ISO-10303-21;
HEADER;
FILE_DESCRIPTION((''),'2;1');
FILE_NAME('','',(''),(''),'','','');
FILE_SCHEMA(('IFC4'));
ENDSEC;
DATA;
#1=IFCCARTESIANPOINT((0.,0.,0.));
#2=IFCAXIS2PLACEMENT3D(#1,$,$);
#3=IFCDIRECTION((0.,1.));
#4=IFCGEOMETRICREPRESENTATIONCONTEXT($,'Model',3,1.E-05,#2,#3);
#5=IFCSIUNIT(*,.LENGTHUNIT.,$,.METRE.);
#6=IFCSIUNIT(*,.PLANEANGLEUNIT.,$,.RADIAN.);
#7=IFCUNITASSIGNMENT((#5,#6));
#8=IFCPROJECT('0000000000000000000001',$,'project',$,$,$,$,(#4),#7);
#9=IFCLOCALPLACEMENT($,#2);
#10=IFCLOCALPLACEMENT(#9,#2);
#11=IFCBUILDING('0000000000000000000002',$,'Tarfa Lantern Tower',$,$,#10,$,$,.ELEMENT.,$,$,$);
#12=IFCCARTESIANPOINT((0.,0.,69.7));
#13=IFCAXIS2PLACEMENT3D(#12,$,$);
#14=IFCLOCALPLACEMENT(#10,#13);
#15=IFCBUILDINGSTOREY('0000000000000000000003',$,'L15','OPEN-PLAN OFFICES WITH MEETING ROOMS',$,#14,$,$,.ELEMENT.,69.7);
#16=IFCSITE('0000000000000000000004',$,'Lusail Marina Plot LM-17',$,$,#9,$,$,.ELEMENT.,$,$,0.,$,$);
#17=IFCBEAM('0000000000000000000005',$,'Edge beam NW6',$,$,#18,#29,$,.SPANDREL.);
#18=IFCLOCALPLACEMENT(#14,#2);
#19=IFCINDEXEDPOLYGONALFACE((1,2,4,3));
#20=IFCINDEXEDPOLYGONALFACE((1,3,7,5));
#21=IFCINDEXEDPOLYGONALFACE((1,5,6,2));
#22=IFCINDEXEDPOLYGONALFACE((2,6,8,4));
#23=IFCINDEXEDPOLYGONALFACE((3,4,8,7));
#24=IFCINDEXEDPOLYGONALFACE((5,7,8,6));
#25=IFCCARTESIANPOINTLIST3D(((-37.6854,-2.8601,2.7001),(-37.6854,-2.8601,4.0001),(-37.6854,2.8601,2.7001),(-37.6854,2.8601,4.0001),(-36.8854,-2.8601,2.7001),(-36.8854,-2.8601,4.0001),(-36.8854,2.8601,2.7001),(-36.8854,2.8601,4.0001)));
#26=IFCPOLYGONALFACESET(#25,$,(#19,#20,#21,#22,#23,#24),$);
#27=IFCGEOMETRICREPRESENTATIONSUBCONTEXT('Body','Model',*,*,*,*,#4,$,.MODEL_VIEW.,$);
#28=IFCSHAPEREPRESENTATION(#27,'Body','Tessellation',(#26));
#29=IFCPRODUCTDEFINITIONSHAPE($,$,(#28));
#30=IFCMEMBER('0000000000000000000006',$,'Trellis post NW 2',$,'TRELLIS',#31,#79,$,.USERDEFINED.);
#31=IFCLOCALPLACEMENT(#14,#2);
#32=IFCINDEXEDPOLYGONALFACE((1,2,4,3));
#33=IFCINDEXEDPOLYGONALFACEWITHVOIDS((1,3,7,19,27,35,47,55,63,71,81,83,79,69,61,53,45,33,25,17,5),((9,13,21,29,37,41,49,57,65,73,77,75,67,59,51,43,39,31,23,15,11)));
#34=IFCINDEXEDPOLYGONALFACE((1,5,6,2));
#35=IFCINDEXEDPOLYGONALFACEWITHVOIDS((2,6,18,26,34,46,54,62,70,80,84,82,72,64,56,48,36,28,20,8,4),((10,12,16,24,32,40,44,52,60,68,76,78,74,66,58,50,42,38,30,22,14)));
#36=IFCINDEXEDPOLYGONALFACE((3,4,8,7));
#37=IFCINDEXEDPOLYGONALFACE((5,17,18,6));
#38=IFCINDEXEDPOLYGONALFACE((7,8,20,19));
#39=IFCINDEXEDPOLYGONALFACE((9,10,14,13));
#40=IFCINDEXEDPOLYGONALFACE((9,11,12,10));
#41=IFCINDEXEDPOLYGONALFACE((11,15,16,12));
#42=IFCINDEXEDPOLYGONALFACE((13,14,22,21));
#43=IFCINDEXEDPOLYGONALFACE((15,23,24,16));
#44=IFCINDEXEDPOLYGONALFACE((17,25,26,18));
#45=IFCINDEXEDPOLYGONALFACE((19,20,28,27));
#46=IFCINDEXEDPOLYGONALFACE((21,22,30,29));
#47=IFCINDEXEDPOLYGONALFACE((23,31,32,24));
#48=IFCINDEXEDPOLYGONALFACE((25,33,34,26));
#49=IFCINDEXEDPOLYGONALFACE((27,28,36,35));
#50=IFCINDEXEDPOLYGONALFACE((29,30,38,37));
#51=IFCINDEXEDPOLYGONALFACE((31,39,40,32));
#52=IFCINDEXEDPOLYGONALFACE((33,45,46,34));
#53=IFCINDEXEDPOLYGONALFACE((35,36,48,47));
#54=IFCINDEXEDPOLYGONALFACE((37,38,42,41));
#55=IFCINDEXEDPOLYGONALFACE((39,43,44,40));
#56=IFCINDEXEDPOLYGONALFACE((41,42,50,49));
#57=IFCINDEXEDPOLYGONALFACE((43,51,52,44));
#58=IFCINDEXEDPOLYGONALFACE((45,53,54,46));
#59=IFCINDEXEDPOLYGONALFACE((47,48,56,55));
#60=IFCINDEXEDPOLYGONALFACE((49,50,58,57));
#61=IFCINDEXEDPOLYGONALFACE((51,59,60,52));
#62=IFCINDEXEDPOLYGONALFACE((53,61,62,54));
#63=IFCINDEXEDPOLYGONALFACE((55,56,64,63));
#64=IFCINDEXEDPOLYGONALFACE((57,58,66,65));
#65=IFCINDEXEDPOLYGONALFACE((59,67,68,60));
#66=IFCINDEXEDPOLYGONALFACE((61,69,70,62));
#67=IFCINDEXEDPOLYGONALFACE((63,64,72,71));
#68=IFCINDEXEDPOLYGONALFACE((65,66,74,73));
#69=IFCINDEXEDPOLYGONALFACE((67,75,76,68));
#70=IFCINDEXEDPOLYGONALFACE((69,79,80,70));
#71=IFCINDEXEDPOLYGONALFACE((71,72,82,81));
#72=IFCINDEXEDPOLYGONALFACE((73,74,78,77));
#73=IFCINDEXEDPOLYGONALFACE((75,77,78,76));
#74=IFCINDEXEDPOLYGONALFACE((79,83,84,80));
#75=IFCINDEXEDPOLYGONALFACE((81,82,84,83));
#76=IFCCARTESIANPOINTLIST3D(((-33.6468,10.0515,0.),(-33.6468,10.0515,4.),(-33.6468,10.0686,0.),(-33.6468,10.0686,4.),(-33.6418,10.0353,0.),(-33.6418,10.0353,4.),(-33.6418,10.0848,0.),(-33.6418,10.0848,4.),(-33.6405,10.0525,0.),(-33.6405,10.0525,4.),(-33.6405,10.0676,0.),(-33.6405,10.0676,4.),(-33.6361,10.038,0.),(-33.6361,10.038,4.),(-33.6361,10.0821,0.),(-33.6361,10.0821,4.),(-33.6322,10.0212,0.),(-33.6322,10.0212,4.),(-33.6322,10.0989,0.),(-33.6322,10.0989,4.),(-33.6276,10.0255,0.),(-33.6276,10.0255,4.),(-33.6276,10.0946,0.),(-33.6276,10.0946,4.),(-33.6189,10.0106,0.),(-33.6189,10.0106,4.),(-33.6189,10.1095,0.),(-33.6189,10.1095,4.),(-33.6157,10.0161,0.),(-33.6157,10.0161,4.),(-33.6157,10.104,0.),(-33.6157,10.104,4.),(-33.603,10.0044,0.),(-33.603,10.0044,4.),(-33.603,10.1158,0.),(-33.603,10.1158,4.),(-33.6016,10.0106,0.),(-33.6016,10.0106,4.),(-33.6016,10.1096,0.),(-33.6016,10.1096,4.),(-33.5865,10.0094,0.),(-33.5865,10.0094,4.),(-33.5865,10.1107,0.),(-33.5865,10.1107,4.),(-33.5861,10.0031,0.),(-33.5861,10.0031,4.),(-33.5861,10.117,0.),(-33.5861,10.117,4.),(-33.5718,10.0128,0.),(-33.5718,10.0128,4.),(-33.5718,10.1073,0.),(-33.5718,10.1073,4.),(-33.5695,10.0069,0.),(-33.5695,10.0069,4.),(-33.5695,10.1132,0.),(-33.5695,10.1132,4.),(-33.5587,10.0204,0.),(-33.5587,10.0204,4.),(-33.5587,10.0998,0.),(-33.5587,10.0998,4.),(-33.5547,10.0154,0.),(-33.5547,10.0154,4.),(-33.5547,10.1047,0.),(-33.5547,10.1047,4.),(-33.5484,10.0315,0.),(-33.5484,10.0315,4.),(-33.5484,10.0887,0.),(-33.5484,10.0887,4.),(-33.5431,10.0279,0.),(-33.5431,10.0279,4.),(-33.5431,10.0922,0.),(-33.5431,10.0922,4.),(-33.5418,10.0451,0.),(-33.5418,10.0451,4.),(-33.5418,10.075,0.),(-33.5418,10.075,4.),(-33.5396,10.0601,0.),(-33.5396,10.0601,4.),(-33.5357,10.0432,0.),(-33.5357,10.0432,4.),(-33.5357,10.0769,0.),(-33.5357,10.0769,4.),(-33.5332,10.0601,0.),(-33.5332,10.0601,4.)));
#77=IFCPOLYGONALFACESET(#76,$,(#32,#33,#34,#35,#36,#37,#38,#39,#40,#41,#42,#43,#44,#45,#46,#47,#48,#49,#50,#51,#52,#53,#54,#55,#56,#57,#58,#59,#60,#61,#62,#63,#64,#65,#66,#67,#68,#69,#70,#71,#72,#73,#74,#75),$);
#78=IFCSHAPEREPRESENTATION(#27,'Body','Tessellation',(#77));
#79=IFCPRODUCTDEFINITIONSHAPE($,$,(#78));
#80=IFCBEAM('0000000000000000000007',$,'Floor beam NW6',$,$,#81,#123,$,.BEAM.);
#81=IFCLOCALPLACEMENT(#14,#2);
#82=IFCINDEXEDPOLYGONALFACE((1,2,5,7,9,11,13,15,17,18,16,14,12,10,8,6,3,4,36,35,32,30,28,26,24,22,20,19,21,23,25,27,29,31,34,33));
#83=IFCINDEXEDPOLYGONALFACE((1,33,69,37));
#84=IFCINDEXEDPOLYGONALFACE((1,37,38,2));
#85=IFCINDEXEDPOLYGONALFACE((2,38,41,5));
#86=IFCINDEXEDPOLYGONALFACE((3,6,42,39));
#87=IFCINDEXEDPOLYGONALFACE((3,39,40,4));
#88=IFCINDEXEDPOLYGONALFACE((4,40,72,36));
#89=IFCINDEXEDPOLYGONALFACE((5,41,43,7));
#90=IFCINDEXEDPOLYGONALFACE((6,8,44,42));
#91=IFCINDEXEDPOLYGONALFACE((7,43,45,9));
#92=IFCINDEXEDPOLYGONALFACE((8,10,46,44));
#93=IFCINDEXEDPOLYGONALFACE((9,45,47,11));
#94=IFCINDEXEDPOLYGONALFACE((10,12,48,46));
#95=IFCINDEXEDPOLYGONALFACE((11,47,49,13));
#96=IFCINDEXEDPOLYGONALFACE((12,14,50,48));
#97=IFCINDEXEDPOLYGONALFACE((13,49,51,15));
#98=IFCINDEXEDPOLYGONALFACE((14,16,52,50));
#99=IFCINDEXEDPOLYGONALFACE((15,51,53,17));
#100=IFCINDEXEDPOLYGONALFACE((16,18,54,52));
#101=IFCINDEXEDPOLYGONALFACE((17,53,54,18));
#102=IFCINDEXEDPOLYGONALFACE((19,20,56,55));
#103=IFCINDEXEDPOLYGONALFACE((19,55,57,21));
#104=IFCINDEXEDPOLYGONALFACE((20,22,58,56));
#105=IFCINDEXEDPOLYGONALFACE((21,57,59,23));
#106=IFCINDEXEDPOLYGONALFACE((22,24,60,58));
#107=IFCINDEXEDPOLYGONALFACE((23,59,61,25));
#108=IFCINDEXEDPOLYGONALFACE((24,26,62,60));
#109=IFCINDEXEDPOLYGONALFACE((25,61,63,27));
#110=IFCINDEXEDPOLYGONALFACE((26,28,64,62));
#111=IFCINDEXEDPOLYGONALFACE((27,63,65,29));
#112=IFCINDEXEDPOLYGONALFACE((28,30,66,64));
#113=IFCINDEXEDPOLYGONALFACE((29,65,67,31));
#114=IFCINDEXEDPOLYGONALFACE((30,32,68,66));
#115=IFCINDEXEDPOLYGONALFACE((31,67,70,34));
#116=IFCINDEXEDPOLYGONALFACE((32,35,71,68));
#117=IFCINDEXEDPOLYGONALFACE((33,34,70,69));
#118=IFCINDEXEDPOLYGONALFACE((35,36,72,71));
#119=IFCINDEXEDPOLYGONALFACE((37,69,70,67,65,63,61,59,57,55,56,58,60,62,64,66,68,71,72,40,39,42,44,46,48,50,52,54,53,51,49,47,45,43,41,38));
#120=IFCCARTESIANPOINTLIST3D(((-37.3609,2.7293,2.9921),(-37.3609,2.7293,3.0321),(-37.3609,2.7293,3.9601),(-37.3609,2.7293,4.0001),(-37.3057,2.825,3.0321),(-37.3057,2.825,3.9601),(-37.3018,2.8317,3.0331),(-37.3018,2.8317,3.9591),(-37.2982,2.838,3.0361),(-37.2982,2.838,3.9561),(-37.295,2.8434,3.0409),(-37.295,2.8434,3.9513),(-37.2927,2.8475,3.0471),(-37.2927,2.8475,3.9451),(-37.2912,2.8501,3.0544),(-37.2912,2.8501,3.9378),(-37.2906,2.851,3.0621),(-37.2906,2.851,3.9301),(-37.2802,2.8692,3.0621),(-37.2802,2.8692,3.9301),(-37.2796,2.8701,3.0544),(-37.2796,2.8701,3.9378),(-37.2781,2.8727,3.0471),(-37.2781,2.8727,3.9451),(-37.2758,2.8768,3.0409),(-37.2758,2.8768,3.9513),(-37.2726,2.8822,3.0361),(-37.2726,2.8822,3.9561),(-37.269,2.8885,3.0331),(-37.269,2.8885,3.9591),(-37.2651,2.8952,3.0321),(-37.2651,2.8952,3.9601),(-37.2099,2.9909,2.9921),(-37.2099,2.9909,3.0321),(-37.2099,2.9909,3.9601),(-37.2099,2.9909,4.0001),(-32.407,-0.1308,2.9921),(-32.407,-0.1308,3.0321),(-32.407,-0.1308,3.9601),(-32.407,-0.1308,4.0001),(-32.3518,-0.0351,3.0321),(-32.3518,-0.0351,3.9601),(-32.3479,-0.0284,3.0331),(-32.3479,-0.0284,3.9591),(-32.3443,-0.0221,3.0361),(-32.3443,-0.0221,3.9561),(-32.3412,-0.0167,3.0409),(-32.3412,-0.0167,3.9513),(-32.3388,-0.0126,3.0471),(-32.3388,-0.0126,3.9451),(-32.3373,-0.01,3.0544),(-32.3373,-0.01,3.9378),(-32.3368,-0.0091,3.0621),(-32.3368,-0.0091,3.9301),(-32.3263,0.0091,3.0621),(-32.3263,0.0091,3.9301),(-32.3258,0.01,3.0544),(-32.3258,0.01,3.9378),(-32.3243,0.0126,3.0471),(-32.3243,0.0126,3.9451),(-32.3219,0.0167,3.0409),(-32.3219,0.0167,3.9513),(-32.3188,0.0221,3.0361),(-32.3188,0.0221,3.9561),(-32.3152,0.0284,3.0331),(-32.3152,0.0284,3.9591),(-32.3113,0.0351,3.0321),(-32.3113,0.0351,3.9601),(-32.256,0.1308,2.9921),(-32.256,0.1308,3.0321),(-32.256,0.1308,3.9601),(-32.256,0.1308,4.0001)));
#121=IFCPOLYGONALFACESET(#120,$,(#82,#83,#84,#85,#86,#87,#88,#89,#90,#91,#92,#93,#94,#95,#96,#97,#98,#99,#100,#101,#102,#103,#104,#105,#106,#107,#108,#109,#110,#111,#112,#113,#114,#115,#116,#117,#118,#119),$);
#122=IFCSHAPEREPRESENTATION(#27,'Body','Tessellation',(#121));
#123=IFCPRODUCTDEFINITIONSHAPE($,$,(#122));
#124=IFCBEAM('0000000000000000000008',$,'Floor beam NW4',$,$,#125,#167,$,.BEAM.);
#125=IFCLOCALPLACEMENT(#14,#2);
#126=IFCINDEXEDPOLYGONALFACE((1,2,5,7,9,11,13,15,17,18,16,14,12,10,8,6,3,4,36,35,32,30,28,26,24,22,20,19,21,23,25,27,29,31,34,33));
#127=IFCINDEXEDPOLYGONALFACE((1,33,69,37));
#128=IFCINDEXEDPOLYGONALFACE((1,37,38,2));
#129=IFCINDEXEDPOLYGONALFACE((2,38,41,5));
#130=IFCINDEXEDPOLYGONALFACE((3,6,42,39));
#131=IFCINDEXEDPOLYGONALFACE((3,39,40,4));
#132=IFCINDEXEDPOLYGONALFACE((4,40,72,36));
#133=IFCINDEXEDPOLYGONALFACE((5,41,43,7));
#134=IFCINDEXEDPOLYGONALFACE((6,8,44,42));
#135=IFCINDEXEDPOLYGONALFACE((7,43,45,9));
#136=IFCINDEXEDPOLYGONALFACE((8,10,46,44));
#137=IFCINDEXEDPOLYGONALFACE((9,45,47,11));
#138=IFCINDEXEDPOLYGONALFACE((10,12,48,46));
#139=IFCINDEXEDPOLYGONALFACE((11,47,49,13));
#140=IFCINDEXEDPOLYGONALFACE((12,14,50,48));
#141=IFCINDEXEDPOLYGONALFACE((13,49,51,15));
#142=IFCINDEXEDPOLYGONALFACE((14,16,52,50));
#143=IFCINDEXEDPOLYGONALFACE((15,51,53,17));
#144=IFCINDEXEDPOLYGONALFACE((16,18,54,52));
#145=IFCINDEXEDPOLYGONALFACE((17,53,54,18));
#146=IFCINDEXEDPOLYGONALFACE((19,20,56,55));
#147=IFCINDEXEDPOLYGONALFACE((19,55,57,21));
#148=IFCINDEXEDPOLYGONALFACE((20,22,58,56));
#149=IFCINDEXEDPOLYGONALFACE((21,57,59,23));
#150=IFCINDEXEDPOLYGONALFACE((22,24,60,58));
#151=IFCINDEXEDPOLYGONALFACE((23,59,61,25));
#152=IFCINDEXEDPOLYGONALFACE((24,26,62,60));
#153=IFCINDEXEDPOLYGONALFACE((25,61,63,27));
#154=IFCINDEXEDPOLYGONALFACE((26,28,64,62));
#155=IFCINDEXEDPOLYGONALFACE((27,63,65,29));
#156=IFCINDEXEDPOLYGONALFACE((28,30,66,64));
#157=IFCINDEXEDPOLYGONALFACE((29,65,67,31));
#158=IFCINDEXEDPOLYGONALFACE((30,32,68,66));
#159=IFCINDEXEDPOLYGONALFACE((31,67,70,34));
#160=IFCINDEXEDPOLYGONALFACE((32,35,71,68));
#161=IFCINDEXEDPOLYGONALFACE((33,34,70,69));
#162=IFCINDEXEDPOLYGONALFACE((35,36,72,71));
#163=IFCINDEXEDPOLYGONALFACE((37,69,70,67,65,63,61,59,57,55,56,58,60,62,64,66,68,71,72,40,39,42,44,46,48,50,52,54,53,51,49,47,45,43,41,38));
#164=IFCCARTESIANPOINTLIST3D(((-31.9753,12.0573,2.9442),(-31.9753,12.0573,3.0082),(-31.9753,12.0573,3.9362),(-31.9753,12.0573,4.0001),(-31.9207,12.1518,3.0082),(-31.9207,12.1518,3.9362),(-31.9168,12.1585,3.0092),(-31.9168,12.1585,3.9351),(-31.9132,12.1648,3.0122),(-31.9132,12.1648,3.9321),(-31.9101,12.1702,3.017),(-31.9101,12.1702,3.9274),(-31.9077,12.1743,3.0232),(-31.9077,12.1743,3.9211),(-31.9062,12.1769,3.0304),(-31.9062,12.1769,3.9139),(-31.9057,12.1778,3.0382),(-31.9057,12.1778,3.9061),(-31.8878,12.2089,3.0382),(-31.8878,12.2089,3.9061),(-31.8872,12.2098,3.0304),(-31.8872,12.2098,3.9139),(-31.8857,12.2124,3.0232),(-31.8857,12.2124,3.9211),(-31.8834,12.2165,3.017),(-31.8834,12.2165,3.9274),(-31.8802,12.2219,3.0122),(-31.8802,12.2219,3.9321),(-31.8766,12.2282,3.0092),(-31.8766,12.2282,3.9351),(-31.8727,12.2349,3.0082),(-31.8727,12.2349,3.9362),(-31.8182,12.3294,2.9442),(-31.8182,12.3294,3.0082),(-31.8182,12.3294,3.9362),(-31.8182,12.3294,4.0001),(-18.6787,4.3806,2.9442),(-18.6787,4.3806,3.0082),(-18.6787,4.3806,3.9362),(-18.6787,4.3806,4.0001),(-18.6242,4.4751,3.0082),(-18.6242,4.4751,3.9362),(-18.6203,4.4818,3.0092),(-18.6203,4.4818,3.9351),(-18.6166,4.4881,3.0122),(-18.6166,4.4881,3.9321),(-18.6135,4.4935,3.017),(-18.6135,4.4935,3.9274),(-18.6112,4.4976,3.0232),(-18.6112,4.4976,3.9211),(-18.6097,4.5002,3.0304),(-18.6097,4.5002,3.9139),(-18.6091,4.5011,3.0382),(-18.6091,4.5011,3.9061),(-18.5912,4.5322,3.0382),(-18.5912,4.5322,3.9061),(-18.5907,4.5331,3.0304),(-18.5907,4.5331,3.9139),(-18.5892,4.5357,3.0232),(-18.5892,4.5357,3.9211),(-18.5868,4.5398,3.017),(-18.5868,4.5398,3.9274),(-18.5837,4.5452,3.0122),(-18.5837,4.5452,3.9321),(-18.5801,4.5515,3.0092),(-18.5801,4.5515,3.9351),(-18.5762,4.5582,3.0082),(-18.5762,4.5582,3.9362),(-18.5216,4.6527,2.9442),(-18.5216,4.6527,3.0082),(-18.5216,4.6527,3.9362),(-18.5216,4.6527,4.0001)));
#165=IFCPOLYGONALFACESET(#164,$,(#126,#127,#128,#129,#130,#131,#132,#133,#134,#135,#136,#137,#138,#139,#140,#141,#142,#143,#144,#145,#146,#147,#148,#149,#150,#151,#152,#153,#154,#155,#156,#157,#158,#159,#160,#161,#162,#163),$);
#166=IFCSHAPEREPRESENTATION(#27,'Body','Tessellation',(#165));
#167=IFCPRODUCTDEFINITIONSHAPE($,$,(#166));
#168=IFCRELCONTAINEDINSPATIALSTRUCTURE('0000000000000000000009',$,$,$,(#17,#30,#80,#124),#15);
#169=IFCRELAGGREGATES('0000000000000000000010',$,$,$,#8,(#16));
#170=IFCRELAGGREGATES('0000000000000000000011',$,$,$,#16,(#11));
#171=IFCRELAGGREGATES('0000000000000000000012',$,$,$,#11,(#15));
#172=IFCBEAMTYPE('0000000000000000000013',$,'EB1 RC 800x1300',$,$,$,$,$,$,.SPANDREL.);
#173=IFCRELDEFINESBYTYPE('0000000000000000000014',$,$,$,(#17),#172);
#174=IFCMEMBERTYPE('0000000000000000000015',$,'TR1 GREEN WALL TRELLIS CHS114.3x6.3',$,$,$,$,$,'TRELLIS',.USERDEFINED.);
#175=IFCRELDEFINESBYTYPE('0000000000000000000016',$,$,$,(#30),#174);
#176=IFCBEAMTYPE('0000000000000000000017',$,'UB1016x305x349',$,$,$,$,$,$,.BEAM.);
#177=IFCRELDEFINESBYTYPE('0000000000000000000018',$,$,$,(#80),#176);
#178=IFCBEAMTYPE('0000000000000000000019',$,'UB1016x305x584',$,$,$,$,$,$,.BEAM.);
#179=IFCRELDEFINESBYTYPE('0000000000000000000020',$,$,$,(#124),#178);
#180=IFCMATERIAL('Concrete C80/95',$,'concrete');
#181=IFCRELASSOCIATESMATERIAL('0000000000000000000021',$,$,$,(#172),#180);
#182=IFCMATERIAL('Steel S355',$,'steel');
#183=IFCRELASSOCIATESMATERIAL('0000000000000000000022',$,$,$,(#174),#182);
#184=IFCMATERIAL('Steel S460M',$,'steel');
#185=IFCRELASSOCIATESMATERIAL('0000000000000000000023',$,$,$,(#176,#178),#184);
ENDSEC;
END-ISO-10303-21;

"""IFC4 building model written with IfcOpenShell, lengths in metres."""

from ifc_helpers import new_model, si_unit, direction, frame, origin, origin_2d, place, context, subcontext, project, spatial, rectangle, hollow_circle, i_section, extrude, material, material_profile, profile_set, type_object, element, save


model = new_model("IFC4")

# Units and contexts
model_context = context("Model", 3, precision=1e-05, world=origin(), true_north=direction((0.0, 1.0)))
body_context = subcontext(model_context, "Body", "Model", "MODEL_VIEW")
ifc_project = project(units=[si_unit("LENGTHUNIT", "METRE"), si_unit("PLANEANGLEUNIT", "RADIAN")], contexts=[model_context])

# Site, building, storey
site_placement = place(None, origin())
site = spatial("IfcSite", under=ifc_project, at=site_placement, Name="Lusail Marina Plot LM-17", CompositionType="ELEMENT", RefElevation=0.0)
building_placement = place(site_placement, origin())
building = spatial("IfcBuilding", under=site, at=building_placement, Name="Tarfa Lantern Tower", CompositionType="ELEMENT")
storey_placement = place(building_placement, frame((0.0, 0.0, 69.7)))
storey = spatial("IfcBuildingStorey", under=building, at=storey_placement, Name="L15", Description="OPEN-PLAN OFFICES WITH MEETING ROOMS", CompositionType="ELEMENT", Elevation=69.7)

# Shared definitions
ifc_material_1 = material(Name="Concrete C80/95", Category="concrete")

# Beam
ifc_material_profile_1 = material_profile(ifc_material_1, rectangle(XDim=0.8, YDim=1.3, at=origin_2d()), Name="RC 800x1300")
ifc_profile_set_1 = profile_set([ifc_material_profile_1], Name="Concrete C80/95")
beam_type_1 = type_object("IfcBeamType", Name="EB1 RC 800x1300", PredefinedType="SPANDREL", material=ifc_profile_set_1)
beam_1_placement = place(storey_placement, frame((-37.2854, 2.8601, 3.3501), z_axis=(0.0, -1.0, 0.0), x_axis=(1.0, 0.0, 0.0)))
element("IfcBeam", 1, at=beam_1_placement, inside=storey, type_object=beam_type_1, Name="Edge beam NW6", PredefinedType="SPANDREL", context=body_context, shape_type="SweptSolid", body=[
    extrude(rectangle(XDim=0.8, YDim=1.3, at=origin_2d()), origin(), (0.0, 0.0, 1.0), 5.7202),
])

# Member
ifc_material_2 = material(Name="Steel S355", Category="steel")
ifc_material_profile_2 = material_profile(ifc_material_2, hollow_circle(Radius=0.0571, WallThickness=0.0063, at=origin_2d()), Name="CHS114.3x6.3")
ifc_profile_set_2 = profile_set([ifc_material_profile_2], Name="Steel S355")
member_type_1 = type_object("IfcMemberType", Name="TR1 GREEN WALL TRELLIS CHS114.3x6.3", ElementType="TRELLIS", PredefinedType="USERDEFINED", material=ifc_profile_set_2)
member_1_placement = place(storey_placement, frame((-33.5903, 10.0601, 0.0), z_axis=(0.0, 0.0, 1.0), x_axis=(1.0, 0.0, 0.0)))
element("IfcMember", 2, at=member_1_placement, inside=storey, type_object=member_type_1, Name="Trellis post NW 2", ObjectType="TRELLIS", PredefinedType="USERDEFINED", context=body_context, shape_type="SweptSolid", body=[
    extrude(hollow_circle(Radius=0.0571, WallThickness=0.0063, at=origin_2d()), origin(), (0.0, 0.0, 1.0), 4.0),
])

# Beams
ifc_material_3 = material(Name="Steel S460M", Category="steel")
ifc_material_profile_3 = material_profile(ifc_material_3, i_section(OverallWidth=0.302, OverallDepth=1.0081, WebThickness=0.021, FlangeThickness=0.04, FilletRadius=0.03, at=origin_2d()), Name="UB1016x305x349")
ifc_profile_set_3 = profile_set([ifc_material_profile_3], Name="Steel S460M")
beam_type_2 = type_object("IfcBeamType", Name="UB1016x305x349", PredefinedType="BEAM", material=ifc_profile_set_3)
beam_2_placement = place(storey_placement, frame((-37.2854, 2.8601, 3.4961), z_axis=(0.866026, -0.5, 0.0), x_axis=(0.5, 0.866026, 0.0)))
element("IfcBeam", 3, at=beam_2_placement, inside=storey, type_object=beam_type_2, Name="Floor beam NW6", PredefinedType="BEAM", context=body_context, shape_type="SweptSolid", body=[
    extrude(i_section(OverallWidth=0.302, OverallDepth=1.0081, WebThickness=0.021, FlangeThickness=0.04, FilletRadius=0.03, at=origin_2d()), origin(), (0.0, 0.0, 1.0), 5.7202),
])
ifc_material_profile_4 = material_profile(ifc_material_3, i_section(OverallWidth=0.3142, OverallDepth=1.0559, WebThickness=0.0359, FlangeThickness=0.064, FilletRadius=0.03, at=origin_2d()), Name="UB1016x305x584")
ifc_profile_set_4 = profile_set([ifc_material_profile_4], Name="Steel S460M")
beam_type_3 = type_object("IfcBeamType", Name="UB1016x305x584", PredefinedType="BEAM", material=ifc_profile_set_4)
beam_3_placement = place(storey_placement, frame((-31.8967, 12.1934, 3.4722), z_axis=(0.866027, -0.499997, 0.0), x_axis=(0.499997, 0.866027, 0.0)))
element("IfcBeam", 4, at=beam_3_placement, inside=storey, type_object=beam_type_3, Name="Floor beam NW4", PredefinedType="BEAM", context=body_context, shape_type="SweptSolid", body=[
    extrude(i_section(OverallWidth=0.3142, OverallDepth=1.0559, WebThickness=0.0359, FlangeThickness=0.064, FilletRadius=0.03, at=origin_2d()), origin(), (0.0, 0.0, 1.0), 15.3535),
])

save(model, "model.ifc")
